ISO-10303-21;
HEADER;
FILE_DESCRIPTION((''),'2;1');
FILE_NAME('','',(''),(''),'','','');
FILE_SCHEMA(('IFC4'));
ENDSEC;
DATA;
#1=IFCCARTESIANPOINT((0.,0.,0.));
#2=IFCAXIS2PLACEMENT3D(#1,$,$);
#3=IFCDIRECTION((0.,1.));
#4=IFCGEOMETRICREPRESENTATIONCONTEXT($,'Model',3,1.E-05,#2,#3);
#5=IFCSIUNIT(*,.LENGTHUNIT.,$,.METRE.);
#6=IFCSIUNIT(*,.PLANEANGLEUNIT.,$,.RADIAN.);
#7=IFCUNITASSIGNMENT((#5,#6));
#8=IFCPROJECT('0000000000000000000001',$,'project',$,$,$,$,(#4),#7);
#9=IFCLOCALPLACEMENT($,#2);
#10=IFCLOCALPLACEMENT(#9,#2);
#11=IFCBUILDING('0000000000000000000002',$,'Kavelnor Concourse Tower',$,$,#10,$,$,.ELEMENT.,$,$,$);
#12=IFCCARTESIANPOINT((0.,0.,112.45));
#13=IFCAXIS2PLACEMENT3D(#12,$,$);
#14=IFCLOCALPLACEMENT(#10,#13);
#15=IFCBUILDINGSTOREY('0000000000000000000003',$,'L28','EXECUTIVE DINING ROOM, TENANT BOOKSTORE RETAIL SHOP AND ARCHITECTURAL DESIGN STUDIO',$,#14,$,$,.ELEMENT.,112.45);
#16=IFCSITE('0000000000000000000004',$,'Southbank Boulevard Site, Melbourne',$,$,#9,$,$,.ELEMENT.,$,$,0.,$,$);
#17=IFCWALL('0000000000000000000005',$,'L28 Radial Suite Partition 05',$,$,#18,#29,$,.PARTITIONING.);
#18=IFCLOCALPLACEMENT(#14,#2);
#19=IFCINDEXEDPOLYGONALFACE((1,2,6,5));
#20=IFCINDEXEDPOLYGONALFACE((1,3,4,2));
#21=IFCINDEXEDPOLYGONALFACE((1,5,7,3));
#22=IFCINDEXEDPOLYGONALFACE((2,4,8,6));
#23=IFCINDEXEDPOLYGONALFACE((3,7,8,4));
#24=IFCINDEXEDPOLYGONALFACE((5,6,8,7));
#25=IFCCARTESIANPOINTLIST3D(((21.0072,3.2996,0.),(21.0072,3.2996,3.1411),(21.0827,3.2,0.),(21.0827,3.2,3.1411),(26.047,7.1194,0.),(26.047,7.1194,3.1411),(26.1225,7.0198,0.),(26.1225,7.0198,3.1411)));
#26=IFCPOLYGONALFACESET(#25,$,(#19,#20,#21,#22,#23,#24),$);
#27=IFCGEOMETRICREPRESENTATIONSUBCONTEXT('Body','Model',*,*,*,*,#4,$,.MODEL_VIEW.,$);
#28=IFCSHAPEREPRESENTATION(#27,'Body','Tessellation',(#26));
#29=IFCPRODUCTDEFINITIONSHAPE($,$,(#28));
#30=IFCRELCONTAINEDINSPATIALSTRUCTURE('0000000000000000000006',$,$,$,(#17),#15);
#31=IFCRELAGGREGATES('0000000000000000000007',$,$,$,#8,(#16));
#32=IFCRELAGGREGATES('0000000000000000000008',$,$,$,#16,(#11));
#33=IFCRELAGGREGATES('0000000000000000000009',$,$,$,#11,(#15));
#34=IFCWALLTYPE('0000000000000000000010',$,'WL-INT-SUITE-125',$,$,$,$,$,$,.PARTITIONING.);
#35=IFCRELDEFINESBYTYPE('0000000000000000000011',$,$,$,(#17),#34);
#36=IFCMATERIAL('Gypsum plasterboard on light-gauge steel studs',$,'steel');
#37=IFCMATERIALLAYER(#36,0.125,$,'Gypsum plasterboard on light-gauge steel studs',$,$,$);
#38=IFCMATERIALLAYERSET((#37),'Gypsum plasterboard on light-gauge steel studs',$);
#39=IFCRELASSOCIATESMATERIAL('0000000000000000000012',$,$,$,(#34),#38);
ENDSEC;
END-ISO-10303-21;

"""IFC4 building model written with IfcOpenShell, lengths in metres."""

from ifc_helpers import new_model, si_unit, direction, frame, frame_2d, origin, place, context, subcontext, project, spatial, rectangle, extrude, material, layer, layer_set, type_object, element, save


model = new_model("IFC4")

# Units and contexts
model_context = context("Model", 3, precision=1e-05, world=origin(), true_north=direction((0.0, 1.0)))
body_context = subcontext(model_context, "Body", "Model", "MODEL_VIEW")
ifc_project = project(units=[si_unit("LENGTHUNIT", "METRE"), si_unit("PLANEANGLEUNIT", "RADIAN")], contexts=[model_context])

# Site, building, storey
site_placement = place(None, origin())
site = spatial("IfcSite", under=ifc_project, at=site_placement, Name="Southbank Boulevard Site, Melbourne", CompositionType="ELEMENT", RefElevation=0.0)
building_placement = place(site_placement, origin())
building = spatial("IfcBuilding", under=site, at=building_placement, Name="Kavelnor Concourse Tower", CompositionType="ELEMENT")
storey_placement = place(building_placement, frame((0.0, 0.0, 112.45)))
storey = spatial("IfcBuildingStorey", under=building, at=storey_placement, Name="L28", Description="EXECUTIVE DINING ROOM, TENANT BOOKSTORE RETAIL SHOP AND ARCHITECTURAL DESIGN STUDIO", CompositionType="ELEMENT", Elevation=112.45)

# Shared definitions
ifc_material_1 = material(Name="Gypsum plasterboard on light-gauge steel studs", Category="steel")

# Wall
ifc_layer_1 = layer(ifc_material_1, 0.125, Name="Gypsum plasterboard on light-gauge steel studs")
ifc_layer_set_1 = layer_set([ifc_layer_1], Name="Gypsum plasterboard on light-gauge steel studs")
wall_type_1 = type_object("IfcWallType", Name="WL-INT-SUITE-125", PredefinedType="PARTITIONING", material=ifc_layer_set_1)
wall_1_placement = place(storey_placement, frame((26.0847, 7.0696, 0.0), z_axis=(0.0, 0.0, 1.0), x_axis=(-0.796955, -0.604038, 0.0)))
element("IfcWall", 1, at=wall_1_placement, inside=storey, type_object=wall_type_1, Name="L28 Radial Suite Partition 05", PredefinedType="PARTITIONING", context=body_context, shape_type="SweptSolid", body=[
    extrude(rectangle(XDim=6.3237, YDim=0.125, at=frame_2d((3.1619, 0.0))), origin(), (0.0, 0.0, 1.0), 3.1411),
])

save(model, "model.ifc")
